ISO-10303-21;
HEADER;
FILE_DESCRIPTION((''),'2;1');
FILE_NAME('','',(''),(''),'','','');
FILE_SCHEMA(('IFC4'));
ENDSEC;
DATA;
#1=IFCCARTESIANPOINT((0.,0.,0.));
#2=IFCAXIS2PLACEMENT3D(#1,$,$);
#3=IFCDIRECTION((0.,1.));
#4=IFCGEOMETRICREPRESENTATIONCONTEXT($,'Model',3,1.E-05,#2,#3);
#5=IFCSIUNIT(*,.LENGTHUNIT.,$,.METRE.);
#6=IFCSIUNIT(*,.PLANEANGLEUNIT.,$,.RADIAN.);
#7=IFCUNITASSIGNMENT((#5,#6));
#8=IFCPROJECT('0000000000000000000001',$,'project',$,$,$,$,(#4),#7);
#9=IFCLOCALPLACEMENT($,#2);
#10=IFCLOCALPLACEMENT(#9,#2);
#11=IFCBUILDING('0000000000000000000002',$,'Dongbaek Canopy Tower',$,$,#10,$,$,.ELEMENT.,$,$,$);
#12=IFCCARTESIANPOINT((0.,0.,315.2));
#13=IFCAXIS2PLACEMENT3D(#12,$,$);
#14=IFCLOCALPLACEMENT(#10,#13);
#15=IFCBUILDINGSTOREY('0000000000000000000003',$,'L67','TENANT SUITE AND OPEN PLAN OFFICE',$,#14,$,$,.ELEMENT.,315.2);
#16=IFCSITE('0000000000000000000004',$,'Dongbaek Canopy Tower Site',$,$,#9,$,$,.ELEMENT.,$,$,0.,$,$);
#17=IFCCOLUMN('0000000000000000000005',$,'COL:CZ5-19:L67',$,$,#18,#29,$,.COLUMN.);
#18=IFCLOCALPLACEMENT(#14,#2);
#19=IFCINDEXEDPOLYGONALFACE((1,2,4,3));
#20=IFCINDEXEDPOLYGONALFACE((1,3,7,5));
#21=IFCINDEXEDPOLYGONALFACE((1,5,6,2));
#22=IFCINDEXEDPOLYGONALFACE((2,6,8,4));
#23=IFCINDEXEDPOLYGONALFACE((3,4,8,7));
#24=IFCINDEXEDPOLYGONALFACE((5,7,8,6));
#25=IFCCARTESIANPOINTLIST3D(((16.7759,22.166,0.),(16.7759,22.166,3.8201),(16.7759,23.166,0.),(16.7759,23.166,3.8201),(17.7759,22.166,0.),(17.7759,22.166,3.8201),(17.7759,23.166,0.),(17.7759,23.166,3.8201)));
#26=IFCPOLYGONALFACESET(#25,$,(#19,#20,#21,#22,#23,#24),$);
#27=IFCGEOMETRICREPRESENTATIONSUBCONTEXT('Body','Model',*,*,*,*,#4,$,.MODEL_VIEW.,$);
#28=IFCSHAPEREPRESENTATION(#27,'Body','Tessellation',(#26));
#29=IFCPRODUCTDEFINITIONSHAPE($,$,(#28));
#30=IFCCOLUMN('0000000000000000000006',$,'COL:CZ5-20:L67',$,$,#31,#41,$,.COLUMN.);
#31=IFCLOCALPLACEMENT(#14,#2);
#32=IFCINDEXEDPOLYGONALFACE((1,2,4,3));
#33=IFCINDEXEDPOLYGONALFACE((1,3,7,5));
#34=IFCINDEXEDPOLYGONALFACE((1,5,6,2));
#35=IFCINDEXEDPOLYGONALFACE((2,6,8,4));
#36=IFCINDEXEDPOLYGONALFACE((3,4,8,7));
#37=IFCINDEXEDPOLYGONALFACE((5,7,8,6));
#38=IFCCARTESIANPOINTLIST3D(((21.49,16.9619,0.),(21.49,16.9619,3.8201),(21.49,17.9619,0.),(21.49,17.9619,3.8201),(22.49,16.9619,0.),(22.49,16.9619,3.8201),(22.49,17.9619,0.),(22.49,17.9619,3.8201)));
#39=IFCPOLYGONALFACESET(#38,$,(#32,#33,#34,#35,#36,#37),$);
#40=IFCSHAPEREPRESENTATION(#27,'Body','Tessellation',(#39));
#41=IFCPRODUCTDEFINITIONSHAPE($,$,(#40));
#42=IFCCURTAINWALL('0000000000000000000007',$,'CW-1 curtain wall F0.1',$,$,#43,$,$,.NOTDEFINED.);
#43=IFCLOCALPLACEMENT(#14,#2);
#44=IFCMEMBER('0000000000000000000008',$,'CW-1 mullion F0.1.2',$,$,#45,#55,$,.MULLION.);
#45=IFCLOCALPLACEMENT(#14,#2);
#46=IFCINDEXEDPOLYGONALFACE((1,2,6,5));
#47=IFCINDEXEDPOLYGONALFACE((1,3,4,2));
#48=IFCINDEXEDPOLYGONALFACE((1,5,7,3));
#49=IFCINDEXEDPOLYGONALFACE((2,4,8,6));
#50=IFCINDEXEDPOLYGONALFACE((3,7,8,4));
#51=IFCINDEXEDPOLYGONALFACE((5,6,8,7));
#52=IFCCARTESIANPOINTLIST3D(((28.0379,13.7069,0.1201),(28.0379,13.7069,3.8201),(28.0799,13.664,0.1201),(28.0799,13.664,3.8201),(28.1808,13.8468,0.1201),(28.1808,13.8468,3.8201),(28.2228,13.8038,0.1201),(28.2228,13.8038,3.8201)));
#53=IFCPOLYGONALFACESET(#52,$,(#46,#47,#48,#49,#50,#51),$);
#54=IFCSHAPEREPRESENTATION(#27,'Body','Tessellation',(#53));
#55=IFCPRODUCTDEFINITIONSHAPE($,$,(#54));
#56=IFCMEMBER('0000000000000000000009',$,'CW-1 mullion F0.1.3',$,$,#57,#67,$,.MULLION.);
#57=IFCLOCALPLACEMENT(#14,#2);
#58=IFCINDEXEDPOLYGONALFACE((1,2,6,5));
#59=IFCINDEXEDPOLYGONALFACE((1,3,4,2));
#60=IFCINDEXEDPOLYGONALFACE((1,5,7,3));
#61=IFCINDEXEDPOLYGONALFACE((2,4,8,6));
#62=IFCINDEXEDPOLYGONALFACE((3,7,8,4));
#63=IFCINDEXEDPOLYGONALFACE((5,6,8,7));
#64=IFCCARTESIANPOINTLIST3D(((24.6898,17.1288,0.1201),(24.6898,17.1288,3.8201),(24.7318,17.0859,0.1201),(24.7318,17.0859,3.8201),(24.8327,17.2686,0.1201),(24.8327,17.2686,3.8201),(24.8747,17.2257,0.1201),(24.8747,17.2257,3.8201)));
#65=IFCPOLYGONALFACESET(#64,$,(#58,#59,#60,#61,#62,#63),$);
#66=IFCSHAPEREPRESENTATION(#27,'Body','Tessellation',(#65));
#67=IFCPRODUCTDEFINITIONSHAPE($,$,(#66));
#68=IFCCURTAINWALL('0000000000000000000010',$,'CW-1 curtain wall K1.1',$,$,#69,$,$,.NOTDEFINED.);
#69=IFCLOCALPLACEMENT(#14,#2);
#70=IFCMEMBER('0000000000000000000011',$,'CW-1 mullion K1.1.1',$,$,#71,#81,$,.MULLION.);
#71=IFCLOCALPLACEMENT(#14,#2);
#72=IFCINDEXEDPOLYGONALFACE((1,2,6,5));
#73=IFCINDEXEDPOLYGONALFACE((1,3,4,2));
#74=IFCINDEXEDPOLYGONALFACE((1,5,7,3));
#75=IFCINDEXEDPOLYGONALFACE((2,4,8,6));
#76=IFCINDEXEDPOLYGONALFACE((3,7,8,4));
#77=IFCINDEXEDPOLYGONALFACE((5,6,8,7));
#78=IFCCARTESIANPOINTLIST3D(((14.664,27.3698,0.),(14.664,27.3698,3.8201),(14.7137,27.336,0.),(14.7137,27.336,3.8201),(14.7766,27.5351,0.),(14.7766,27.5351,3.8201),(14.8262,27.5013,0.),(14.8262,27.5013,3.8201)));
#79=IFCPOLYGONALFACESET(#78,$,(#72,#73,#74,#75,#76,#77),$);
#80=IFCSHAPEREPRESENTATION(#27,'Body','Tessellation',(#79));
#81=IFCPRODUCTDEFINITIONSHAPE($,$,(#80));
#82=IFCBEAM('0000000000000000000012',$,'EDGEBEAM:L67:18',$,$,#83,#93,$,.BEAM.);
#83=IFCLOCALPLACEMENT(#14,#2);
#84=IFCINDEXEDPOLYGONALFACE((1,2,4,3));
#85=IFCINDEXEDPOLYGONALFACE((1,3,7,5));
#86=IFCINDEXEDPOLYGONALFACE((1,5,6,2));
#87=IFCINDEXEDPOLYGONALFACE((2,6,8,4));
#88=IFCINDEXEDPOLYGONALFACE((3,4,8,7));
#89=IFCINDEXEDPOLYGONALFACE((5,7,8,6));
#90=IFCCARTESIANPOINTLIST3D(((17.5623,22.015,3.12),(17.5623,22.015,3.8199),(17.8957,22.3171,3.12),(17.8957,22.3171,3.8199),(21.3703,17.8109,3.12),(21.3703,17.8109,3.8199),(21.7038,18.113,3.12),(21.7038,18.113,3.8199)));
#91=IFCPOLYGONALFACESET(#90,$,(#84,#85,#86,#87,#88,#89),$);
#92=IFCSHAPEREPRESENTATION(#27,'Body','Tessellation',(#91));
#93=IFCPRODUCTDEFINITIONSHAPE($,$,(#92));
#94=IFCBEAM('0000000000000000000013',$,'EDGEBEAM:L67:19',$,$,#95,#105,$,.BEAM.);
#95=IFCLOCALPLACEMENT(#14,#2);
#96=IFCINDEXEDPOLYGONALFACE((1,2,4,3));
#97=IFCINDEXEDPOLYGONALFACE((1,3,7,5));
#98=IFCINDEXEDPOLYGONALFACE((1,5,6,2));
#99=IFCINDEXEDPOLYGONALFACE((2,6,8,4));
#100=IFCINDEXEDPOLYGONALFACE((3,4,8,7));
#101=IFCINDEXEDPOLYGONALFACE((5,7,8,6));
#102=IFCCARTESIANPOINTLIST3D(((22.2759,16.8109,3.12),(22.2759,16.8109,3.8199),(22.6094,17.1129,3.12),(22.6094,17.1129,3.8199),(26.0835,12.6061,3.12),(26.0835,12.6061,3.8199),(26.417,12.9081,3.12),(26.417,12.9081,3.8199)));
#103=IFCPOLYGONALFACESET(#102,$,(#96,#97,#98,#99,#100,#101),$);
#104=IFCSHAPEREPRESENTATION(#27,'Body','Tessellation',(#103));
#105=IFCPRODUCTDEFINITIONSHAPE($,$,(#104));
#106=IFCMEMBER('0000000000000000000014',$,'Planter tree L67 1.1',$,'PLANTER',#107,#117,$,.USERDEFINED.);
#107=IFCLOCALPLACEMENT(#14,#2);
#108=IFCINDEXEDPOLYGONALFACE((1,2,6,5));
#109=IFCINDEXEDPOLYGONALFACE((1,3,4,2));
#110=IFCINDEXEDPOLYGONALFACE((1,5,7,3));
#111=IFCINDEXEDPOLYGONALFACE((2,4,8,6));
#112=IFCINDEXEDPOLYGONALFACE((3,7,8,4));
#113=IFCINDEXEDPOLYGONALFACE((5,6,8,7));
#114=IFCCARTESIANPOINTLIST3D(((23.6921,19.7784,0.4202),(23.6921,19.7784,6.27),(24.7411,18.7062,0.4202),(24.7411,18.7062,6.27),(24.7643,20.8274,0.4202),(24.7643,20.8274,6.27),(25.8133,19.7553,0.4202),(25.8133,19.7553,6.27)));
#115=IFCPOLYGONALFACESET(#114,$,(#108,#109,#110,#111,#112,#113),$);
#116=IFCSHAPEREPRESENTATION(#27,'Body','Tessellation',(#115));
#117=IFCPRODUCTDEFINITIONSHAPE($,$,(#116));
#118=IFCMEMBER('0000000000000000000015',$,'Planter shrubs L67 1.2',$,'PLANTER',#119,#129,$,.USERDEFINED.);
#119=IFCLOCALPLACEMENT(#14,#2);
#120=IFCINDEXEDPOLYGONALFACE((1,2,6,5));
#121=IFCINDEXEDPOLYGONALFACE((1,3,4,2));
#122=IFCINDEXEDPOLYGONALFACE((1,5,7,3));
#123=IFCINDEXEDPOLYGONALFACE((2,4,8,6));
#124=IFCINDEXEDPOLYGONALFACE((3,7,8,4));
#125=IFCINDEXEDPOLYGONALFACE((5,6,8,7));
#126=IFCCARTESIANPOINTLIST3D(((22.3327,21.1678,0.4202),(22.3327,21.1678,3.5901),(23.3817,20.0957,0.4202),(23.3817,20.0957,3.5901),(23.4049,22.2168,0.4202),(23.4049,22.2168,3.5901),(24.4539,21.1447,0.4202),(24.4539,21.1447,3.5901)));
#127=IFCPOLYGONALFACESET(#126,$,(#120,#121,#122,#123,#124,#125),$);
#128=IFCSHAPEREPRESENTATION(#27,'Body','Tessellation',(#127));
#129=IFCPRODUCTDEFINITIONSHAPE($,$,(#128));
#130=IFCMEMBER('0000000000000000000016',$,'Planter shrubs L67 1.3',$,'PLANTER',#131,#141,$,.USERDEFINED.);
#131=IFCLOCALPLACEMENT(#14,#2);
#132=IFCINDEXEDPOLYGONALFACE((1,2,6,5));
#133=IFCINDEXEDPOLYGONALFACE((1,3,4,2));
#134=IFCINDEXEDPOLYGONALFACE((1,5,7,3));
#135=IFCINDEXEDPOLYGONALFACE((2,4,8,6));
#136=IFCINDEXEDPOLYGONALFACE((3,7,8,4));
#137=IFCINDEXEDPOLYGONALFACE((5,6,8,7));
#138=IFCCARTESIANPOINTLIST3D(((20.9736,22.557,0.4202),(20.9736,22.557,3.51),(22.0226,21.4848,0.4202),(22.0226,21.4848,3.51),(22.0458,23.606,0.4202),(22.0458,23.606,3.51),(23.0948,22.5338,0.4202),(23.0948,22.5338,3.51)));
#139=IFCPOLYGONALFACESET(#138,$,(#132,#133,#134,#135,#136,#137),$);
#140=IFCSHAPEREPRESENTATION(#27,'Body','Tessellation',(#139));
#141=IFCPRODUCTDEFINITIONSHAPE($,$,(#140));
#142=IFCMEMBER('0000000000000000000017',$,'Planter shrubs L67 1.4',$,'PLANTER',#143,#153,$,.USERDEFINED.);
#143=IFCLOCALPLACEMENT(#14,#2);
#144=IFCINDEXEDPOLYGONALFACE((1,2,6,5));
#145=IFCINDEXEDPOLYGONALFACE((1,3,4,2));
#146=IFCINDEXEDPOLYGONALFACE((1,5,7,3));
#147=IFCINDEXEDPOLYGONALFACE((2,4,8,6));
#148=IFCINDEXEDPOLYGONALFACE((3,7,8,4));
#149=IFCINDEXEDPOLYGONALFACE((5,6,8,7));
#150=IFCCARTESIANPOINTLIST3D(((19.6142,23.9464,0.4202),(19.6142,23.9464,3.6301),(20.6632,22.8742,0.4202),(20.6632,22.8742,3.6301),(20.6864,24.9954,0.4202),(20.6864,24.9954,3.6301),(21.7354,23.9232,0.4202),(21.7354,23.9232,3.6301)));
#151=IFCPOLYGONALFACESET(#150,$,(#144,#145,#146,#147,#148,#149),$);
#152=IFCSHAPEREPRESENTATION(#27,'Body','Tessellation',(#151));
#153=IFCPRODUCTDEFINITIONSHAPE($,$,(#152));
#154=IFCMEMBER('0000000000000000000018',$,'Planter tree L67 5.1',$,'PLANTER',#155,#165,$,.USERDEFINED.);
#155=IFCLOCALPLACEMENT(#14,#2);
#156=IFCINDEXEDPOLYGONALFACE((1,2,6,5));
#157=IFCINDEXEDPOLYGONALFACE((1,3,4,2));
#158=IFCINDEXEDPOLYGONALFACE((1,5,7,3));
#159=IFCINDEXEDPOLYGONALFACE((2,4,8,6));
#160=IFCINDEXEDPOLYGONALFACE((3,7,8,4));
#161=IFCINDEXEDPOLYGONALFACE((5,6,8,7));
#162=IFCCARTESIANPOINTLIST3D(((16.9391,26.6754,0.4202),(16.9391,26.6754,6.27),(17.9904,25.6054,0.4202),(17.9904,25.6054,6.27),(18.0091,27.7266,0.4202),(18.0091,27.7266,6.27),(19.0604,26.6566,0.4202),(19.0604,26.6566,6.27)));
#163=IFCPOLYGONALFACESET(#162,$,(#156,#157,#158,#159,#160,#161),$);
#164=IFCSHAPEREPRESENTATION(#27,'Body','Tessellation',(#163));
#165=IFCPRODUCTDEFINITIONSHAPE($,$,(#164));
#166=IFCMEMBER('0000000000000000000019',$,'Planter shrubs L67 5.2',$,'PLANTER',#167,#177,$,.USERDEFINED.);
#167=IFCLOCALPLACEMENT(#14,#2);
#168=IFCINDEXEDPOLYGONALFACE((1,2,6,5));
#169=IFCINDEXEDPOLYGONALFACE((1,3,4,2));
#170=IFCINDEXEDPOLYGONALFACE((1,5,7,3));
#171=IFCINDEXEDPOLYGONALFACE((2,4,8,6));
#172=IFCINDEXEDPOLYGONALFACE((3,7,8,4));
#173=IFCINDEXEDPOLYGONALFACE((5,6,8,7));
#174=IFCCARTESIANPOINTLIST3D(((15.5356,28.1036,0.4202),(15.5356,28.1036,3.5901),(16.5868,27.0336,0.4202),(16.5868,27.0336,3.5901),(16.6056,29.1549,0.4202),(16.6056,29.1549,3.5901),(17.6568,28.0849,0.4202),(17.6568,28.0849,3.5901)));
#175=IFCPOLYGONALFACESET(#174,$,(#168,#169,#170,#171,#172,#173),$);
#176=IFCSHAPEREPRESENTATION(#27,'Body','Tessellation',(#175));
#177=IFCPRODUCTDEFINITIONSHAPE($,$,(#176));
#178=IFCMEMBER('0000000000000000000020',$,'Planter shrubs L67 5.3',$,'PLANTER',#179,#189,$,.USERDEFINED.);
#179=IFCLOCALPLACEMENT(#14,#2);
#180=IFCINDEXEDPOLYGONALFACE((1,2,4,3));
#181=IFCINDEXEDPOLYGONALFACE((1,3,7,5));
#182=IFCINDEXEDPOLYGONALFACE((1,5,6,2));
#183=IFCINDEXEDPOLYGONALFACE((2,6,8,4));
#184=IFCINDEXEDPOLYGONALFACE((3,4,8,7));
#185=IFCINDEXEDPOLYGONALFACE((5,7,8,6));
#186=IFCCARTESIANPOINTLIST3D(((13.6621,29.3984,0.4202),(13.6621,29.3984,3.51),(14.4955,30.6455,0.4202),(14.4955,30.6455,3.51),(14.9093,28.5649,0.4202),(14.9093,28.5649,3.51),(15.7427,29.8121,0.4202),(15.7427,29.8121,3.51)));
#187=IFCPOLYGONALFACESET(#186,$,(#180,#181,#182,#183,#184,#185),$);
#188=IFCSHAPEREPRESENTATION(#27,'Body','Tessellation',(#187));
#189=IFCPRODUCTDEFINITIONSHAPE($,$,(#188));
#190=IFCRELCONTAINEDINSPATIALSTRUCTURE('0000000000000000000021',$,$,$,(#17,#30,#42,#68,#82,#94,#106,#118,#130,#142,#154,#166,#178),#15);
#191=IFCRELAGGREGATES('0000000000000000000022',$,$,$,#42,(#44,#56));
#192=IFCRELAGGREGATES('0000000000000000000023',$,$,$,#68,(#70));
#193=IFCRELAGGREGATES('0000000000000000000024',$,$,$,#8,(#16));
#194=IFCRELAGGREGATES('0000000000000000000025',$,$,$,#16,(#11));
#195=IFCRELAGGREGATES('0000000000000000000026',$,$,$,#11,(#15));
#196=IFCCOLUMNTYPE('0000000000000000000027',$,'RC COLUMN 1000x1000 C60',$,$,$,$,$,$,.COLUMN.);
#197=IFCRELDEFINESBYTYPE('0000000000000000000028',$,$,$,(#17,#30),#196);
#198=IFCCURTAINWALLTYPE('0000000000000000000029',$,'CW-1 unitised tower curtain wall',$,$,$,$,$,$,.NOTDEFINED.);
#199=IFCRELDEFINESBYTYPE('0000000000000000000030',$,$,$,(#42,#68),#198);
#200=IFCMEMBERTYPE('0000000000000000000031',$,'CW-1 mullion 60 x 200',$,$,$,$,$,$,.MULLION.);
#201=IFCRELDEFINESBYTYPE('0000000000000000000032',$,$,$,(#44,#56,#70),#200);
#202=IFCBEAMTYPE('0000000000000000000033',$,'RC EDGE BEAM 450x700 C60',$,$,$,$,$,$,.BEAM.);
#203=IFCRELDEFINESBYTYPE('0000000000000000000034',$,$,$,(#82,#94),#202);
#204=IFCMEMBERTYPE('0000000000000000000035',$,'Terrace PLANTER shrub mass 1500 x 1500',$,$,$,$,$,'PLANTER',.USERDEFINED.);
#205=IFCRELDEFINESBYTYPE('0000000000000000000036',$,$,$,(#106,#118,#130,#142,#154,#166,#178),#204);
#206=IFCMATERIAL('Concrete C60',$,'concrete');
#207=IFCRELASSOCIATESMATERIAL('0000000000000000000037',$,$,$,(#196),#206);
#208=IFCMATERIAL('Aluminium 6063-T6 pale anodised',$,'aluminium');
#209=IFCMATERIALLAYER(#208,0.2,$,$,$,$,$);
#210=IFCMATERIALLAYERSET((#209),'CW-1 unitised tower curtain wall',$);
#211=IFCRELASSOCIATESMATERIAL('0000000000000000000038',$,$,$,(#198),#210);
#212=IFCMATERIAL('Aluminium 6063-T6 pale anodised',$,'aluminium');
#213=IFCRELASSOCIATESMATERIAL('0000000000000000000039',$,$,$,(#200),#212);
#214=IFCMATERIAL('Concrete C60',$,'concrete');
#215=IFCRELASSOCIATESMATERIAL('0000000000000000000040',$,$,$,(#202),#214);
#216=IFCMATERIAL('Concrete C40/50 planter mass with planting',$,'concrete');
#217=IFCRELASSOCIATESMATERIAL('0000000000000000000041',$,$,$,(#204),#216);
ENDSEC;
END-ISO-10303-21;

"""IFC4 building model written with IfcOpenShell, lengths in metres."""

from ifc_helpers import new_model, si_unit, direction, frame, origin, origin_2d, place, context, subcontext, project, spatial, rectangle, extrude, material, layer, layer_set, material_profile, profile_set, type_object, element, aggregate, save


model = new_model("IFC4")

# Units and contexts
model_context = context("Model", 3, precision=1e-05, world=origin(), true_north=direction((0.0, 1.0)))
body_context = subcontext(model_context, "Body", "Model", "MODEL_VIEW")
ifc_project = project(units=[si_unit("LENGTHUNIT", "METRE"), si_unit("PLANEANGLEUNIT", "RADIAN")], contexts=[model_context])

# Site, building, storey
site_placement = place(None, origin())
site = spatial("IfcSite", under=ifc_project, at=site_placement, Name="Dongbaek Canopy Tower Site", CompositionType="ELEMENT", RefElevation=0.0)
building_placement = place(site_placement, origin())
building = spatial("IfcBuilding", under=site, at=building_placement, Name="Dongbaek Canopy Tower", CompositionType="ELEMENT")
storey_placement = place(building_placement, frame((0.0, 0.0, 315.2)))
storey = spatial("IfcBuildingStorey", under=building, at=storey_placement, Name="L67", Description="TENANT SUITE AND OPEN PLAN OFFICE", CompositionType="ELEMENT", Elevation=315.2)

# Columns
ifc_material_1 = material(Name="Concrete C60", Category="concrete")
ifc_material_profile_1 = material_profile(ifc_material_1, rectangle(XDim=1.0, YDim=1.0, at=origin_2d()), Name="RC COLUMN 1000x1000 C60")
ifc_profile_set_1 = profile_set([ifc_material_profile_1], Name="Concrete C60")
column_type = type_object("IfcColumnType", Name="RC COLUMN 1000x1000 C60", PredefinedType="COLUMN", material=ifc_profile_set_1)
for number, where, z_axis, x_axis, name in (
    (1, (17.2759, 22.666, 0.0), (0.0, 0.0, 1.0), (1.0, 0.0, 0.0), "COL:CZ5-19:L67"),
    (2, (21.99, 17.4619, 0.0), (0.0, 0.0, 1.0), (1.0, 0.0, 0.0), "COL:CZ5-20:L67"),
):
    element("IfcColumn", number, at=place(storey_placement, frame(where, z_axis=z_axis, x_axis=x_axis)), inside=storey, type_object=column_type, Name=name, PredefinedType="COLUMN", context=body_context, shape_type="SweptSolid", body=[
        extrude(rectangle(XDim=1.0, YDim=1.0, at=origin_2d()), origin(), (0.0, 0.0, 1.0), 3.8201),
    ])

# Curtain wall, members
ifc_material_2 = material(Name="Aluminium 6063-T6 pale anodised", Category="aluminium")
ifc_layer_1 = layer(ifc_material_2, 0.2)
ifc_layer_set_1 = layer_set([ifc_layer_1], Name="CW-1 unitised tower curtain wall")
curtain_wall_type = type_object("IfcCurtainWallType", Name="CW-1 unitised tower curtain wall", PredefinedType="NOTDEFINED", material=ifc_layer_set_1)
curtain_wall_1_placement = place(storey_placement, origin())
curtain_wall_1 = element("IfcCurtainWall", 3, at=curtain_wall_1_placement, inside=storey, type_object=curtain_wall_type, Name="CW-1 curtain wall F0.1", PredefinedType="NOTDEFINED")
ifc_material_3 = material(Name="Aluminium 6063-T6 pale anodised", Category="aluminium")
ifc_material_profile_2 = material_profile(ifc_material_3, rectangle(XDim=0.2, YDim=0.0601, at=origin_2d()), Name="CW-1 mullion 60 x 200")
ifc_profile_set_2 = profile_set([ifc_material_profile_2], Name="Aluminium 6063-T6 pale anodised")
member_type_1 = type_object("IfcMemberType", Name="CW-1 mullion 60 x 200", PredefinedType="MULLION", material=ifc_profile_set_2)
member_1_placement = place(storey_placement, frame((28.1304, 13.7554, 0.1201), z_axis=(0.0, 0.0, 1.0), x_axis=(0.71478, 0.699349, 0.0)))
member_1 = element("IfcMember", 4, at=member_1_placement, type_object=member_type_1, Name="CW-1 mullion F0.1.2", PredefinedType="MULLION", context=body_context, shape_type="SweptSolid", body=[
    extrude(rectangle(XDim=0.2, YDim=0.0601, at=origin_2d()), origin(), (0.0, 0.0, 1.0), 3.7),
])
member_2_placement = place(storey_placement, frame((24.7822, 17.1772, 0.1201), z_axis=(0.0, 0.0, 1.0), x_axis=(0.71478, 0.699349, 0.0)))
member_2 = element("IfcMember", 5, at=member_2_placement, type_object=member_type_1, Name="CW-1 mullion F0.1.3", PredefinedType="MULLION", context=body_context, shape_type="SweptSolid", body=[
    extrude(rectangle(XDim=0.2, YDim=0.0601, at=origin_2d()), origin(), (0.0, 0.0, 1.0), 3.7),
])

# Curtain wall, member
curtain_wall_2_placement = place(storey_placement, origin())
curtain_wall_2 = element("IfcCurtainWall", 6, at=curtain_wall_2_placement, inside=storey, type_object=curtain_wall_type, Name="CW-1 curtain wall K1.1", PredefinedType="NOTDEFINED")
member_3_placement = place(storey_placement, frame((14.7451, 27.4355, 0.0), z_axis=(0.0, 0.0, 1.0), x_axis=(0.562807, 0.826589, 0.0)))
member_3 = element("IfcMember", 7, at=member_3_placement, type_object=member_type_1, Name="CW-1 mullion K1.1.1", PredefinedType="MULLION", context=body_context, shape_type="SweptSolid", body=[
    extrude(rectangle(XDim=0.2, YDim=0.0601, at=origin_2d()), origin(), (0.0, 0.0, 1.0), 3.8201),
])

# Beams
ifc_material_4 = material(Name="Concrete C60", Category="concrete")
ifc_material_profile_3 = material_profile(ifc_material_4, rectangle(XDim=0.45, YDim=0.7, at=origin_2d()), Name="RC EDGE BEAM 450x700 C60")
ifc_profile_set_3 = profile_set([ifc_material_profile_3], Name="Concrete C60")
beam_type = type_object("IfcBeamType", Name="RC EDGE BEAM 450x700 C60", PredefinedType="BEAM", material=ifc_profile_set_3)
beam_1_placement = place(storey_placement, frame((17.729, 22.166, 3.47), z_axis=(0.671339, -0.74115, 0.0), x_axis=(0.74115, 0.671339, 0.0)))
element("IfcBeam", 8, at=beam_1_placement, inside=storey, type_object=beam_type, Name="EDGEBEAM:L67:18", PredefinedType="BEAM", context=body_context, shape_type="SweptSolid", body=[
    extrude(rectangle(XDim=0.45, YDim=0.7, at=origin_2d()), origin(), (0.0, 0.0, 1.0), 5.6724),
])
beam_2_placement = place(storey_placement, frame((22.4426, 16.9619, 3.47), z_axis=(0.671228, -0.741251, 0.0), x_axis=(0.741251, 0.671228, 0.0)))
element("IfcBeam", 9, at=beam_2_placement, inside=storey, type_object=beam_type, Name="EDGEBEAM:L67:19", PredefinedType="BEAM", context=body_context, shape_type="SweptSolid", body=[
    extrude(rectangle(XDim=0.45, YDim=0.7, at=origin_2d()), origin(), (0.0, 0.0, 1.0), 5.6726),
])

# Members
ifc_material_5 = material(Name="Concrete C40/50 planter mass with planting", Category="concrete")
ifc_material_profile_4 = material_profile(ifc_material_5, rectangle(XDim=1.5, YDim=1.5, at=origin_2d()), Name="Terrace PLANTER shrub mass 1500 x 1500")
ifc_profile_set_4 = profile_set([ifc_material_profile_4], Name="Concrete C40/50 planter mass with planting")
member_type_2 = type_object("IfcMemberType", Name="Terrace PLANTER shrub mass 1500 x 1500", ElementType="PLANTER", PredefinedType="USERDEFINED", material=ifc_profile_set_4)
member_4_placement = place(storey_placement, frame((24.7527, 19.7668, 0.4202), z_axis=(0.0, 0.0, 1.0), x_axis=(0.71478, 0.699349, 0.0)))
element("IfcMember", 10, at=member_4_placement, inside=storey, type_object=member_type_2, Name="Planter tree L67 1.1", ObjectType="PLANTER", PredefinedType="USERDEFINED", context=body_context, shape_type="SweptSolid", body=[
    extrude(rectangle(XDim=1.5, YDim=1.5, at=origin_2d()), origin(), (0.0, 0.0, 1.0), 5.8499),
])
member_5_placement = place(storey_placement, frame((23.3933, 21.1562, 0.4202), z_axis=(0.0, 0.0, 1.0), x_axis=(0.71478, 0.699349, 0.0)))
element("IfcMember", 11, at=member_5_placement, inside=storey, type_object=member_type_2, Name="Planter shrubs L67 1.2", ObjectType="PLANTER", PredefinedType="USERDEFINED", context=body_context, shape_type="SweptSolid", body=[
    extrude(rectangle(XDim=1.5, YDim=1.5, at=origin_2d()), origin(), (0.0, 0.0, 1.0), 3.1699),
])
member_6_placement = place(storey_placement, frame((22.0342, 22.5454, 0.4202), z_axis=(0.0, 0.0, 1.0), x_axis=(0.71478, 0.699349, 0.0)))
element("IfcMember", 12, at=member_6_placement, inside=storey, type_object=member_type_2, Name="Planter shrubs L67 1.3", ObjectType="PLANTER", PredefinedType="USERDEFINED", context=body_context, shape_type="SweptSolid", body=[
    extrude(rectangle(XDim=1.5, YDim=1.5, at=origin_2d()), origin(), (0.0, 0.0, 1.0), 3.0898),
])
member_7_placement = place(storey_placement, frame((20.6748, 23.9348, 0.4202), z_axis=(0.0, 0.0, 1.0), x_axis=(0.71478, 0.699349, 0.0)))
element("IfcMember", 13, at=member_7_placement, inside=storey, type_object=member_type_2, Name="Planter shrubs L67 1.4", ObjectType="PLANTER", PredefinedType="USERDEFINED", context=body_context, shape_type="SweptSolid", body=[
    extrude(rectangle(XDim=1.5, YDim=1.5, at=origin_2d()), origin(), (0.0, 0.0, 1.0), 3.21),
])
member_8_placement = place(storey_placement, frame((17.9998, 26.666, 0.4202), z_axis=(0.0, 0.0, 1.0), x_axis=(0.713326, 0.700833, 0.0)))
element("IfcMember", 14, at=member_8_placement, inside=storey, type_object=member_type_2, Name="Planter tree L67 5.1", ObjectType="PLANTER", PredefinedType="USERDEFINED", context=body_context, shape_type="SweptSolid", body=[
    extrude(rectangle(XDim=1.5, YDim=1.5, at=origin_2d()), origin(), (0.0, 0.0, 1.0), 5.8499),
])
member_9_placement = place(storey_placement, frame((16.5962, 28.0942, 0.4202), z_axis=(0.0, 0.0, 1.0), x_axis=(0.713326, 0.700833, 0.0)))
element("IfcMember", 15, at=member_9_placement, inside=storey, type_object=member_type_2, Name="Planter shrubs L67 5.2", ObjectType="PLANTER", PredefinedType="USERDEFINED", context=body_context, shape_type="SweptSolid", body=[
    extrude(rectangle(XDim=1.5, YDim=1.5, at=origin_2d()), origin(), (0.0, 0.0, 1.0), 3.1699),
])
member_10_placement = place(storey_placement, frame((14.7024, 29.6052, 0.4202), z_axis=(0.0, 0.0, 1.0), x_axis=(0.555615, 0.83144, 0.0)))
element("IfcMember", 16, at=member_10_placement, inside=storey, type_object=member_type_2, Name="Planter shrubs L67 5.3", ObjectType="PLANTER", PredefinedType="USERDEFINED", context=body_context, shape_type="SweptSolid", body=[
    extrude(rectangle(XDim=1.5, YDim=1.5, at=origin_2d()), origin(), (0.0, 0.0, 1.0), 3.0898),
])

aggregate(curtain_wall_1, [member_1, member_2])
aggregate(curtain_wall_2, [member_3])

save(model, "model.ifc")
